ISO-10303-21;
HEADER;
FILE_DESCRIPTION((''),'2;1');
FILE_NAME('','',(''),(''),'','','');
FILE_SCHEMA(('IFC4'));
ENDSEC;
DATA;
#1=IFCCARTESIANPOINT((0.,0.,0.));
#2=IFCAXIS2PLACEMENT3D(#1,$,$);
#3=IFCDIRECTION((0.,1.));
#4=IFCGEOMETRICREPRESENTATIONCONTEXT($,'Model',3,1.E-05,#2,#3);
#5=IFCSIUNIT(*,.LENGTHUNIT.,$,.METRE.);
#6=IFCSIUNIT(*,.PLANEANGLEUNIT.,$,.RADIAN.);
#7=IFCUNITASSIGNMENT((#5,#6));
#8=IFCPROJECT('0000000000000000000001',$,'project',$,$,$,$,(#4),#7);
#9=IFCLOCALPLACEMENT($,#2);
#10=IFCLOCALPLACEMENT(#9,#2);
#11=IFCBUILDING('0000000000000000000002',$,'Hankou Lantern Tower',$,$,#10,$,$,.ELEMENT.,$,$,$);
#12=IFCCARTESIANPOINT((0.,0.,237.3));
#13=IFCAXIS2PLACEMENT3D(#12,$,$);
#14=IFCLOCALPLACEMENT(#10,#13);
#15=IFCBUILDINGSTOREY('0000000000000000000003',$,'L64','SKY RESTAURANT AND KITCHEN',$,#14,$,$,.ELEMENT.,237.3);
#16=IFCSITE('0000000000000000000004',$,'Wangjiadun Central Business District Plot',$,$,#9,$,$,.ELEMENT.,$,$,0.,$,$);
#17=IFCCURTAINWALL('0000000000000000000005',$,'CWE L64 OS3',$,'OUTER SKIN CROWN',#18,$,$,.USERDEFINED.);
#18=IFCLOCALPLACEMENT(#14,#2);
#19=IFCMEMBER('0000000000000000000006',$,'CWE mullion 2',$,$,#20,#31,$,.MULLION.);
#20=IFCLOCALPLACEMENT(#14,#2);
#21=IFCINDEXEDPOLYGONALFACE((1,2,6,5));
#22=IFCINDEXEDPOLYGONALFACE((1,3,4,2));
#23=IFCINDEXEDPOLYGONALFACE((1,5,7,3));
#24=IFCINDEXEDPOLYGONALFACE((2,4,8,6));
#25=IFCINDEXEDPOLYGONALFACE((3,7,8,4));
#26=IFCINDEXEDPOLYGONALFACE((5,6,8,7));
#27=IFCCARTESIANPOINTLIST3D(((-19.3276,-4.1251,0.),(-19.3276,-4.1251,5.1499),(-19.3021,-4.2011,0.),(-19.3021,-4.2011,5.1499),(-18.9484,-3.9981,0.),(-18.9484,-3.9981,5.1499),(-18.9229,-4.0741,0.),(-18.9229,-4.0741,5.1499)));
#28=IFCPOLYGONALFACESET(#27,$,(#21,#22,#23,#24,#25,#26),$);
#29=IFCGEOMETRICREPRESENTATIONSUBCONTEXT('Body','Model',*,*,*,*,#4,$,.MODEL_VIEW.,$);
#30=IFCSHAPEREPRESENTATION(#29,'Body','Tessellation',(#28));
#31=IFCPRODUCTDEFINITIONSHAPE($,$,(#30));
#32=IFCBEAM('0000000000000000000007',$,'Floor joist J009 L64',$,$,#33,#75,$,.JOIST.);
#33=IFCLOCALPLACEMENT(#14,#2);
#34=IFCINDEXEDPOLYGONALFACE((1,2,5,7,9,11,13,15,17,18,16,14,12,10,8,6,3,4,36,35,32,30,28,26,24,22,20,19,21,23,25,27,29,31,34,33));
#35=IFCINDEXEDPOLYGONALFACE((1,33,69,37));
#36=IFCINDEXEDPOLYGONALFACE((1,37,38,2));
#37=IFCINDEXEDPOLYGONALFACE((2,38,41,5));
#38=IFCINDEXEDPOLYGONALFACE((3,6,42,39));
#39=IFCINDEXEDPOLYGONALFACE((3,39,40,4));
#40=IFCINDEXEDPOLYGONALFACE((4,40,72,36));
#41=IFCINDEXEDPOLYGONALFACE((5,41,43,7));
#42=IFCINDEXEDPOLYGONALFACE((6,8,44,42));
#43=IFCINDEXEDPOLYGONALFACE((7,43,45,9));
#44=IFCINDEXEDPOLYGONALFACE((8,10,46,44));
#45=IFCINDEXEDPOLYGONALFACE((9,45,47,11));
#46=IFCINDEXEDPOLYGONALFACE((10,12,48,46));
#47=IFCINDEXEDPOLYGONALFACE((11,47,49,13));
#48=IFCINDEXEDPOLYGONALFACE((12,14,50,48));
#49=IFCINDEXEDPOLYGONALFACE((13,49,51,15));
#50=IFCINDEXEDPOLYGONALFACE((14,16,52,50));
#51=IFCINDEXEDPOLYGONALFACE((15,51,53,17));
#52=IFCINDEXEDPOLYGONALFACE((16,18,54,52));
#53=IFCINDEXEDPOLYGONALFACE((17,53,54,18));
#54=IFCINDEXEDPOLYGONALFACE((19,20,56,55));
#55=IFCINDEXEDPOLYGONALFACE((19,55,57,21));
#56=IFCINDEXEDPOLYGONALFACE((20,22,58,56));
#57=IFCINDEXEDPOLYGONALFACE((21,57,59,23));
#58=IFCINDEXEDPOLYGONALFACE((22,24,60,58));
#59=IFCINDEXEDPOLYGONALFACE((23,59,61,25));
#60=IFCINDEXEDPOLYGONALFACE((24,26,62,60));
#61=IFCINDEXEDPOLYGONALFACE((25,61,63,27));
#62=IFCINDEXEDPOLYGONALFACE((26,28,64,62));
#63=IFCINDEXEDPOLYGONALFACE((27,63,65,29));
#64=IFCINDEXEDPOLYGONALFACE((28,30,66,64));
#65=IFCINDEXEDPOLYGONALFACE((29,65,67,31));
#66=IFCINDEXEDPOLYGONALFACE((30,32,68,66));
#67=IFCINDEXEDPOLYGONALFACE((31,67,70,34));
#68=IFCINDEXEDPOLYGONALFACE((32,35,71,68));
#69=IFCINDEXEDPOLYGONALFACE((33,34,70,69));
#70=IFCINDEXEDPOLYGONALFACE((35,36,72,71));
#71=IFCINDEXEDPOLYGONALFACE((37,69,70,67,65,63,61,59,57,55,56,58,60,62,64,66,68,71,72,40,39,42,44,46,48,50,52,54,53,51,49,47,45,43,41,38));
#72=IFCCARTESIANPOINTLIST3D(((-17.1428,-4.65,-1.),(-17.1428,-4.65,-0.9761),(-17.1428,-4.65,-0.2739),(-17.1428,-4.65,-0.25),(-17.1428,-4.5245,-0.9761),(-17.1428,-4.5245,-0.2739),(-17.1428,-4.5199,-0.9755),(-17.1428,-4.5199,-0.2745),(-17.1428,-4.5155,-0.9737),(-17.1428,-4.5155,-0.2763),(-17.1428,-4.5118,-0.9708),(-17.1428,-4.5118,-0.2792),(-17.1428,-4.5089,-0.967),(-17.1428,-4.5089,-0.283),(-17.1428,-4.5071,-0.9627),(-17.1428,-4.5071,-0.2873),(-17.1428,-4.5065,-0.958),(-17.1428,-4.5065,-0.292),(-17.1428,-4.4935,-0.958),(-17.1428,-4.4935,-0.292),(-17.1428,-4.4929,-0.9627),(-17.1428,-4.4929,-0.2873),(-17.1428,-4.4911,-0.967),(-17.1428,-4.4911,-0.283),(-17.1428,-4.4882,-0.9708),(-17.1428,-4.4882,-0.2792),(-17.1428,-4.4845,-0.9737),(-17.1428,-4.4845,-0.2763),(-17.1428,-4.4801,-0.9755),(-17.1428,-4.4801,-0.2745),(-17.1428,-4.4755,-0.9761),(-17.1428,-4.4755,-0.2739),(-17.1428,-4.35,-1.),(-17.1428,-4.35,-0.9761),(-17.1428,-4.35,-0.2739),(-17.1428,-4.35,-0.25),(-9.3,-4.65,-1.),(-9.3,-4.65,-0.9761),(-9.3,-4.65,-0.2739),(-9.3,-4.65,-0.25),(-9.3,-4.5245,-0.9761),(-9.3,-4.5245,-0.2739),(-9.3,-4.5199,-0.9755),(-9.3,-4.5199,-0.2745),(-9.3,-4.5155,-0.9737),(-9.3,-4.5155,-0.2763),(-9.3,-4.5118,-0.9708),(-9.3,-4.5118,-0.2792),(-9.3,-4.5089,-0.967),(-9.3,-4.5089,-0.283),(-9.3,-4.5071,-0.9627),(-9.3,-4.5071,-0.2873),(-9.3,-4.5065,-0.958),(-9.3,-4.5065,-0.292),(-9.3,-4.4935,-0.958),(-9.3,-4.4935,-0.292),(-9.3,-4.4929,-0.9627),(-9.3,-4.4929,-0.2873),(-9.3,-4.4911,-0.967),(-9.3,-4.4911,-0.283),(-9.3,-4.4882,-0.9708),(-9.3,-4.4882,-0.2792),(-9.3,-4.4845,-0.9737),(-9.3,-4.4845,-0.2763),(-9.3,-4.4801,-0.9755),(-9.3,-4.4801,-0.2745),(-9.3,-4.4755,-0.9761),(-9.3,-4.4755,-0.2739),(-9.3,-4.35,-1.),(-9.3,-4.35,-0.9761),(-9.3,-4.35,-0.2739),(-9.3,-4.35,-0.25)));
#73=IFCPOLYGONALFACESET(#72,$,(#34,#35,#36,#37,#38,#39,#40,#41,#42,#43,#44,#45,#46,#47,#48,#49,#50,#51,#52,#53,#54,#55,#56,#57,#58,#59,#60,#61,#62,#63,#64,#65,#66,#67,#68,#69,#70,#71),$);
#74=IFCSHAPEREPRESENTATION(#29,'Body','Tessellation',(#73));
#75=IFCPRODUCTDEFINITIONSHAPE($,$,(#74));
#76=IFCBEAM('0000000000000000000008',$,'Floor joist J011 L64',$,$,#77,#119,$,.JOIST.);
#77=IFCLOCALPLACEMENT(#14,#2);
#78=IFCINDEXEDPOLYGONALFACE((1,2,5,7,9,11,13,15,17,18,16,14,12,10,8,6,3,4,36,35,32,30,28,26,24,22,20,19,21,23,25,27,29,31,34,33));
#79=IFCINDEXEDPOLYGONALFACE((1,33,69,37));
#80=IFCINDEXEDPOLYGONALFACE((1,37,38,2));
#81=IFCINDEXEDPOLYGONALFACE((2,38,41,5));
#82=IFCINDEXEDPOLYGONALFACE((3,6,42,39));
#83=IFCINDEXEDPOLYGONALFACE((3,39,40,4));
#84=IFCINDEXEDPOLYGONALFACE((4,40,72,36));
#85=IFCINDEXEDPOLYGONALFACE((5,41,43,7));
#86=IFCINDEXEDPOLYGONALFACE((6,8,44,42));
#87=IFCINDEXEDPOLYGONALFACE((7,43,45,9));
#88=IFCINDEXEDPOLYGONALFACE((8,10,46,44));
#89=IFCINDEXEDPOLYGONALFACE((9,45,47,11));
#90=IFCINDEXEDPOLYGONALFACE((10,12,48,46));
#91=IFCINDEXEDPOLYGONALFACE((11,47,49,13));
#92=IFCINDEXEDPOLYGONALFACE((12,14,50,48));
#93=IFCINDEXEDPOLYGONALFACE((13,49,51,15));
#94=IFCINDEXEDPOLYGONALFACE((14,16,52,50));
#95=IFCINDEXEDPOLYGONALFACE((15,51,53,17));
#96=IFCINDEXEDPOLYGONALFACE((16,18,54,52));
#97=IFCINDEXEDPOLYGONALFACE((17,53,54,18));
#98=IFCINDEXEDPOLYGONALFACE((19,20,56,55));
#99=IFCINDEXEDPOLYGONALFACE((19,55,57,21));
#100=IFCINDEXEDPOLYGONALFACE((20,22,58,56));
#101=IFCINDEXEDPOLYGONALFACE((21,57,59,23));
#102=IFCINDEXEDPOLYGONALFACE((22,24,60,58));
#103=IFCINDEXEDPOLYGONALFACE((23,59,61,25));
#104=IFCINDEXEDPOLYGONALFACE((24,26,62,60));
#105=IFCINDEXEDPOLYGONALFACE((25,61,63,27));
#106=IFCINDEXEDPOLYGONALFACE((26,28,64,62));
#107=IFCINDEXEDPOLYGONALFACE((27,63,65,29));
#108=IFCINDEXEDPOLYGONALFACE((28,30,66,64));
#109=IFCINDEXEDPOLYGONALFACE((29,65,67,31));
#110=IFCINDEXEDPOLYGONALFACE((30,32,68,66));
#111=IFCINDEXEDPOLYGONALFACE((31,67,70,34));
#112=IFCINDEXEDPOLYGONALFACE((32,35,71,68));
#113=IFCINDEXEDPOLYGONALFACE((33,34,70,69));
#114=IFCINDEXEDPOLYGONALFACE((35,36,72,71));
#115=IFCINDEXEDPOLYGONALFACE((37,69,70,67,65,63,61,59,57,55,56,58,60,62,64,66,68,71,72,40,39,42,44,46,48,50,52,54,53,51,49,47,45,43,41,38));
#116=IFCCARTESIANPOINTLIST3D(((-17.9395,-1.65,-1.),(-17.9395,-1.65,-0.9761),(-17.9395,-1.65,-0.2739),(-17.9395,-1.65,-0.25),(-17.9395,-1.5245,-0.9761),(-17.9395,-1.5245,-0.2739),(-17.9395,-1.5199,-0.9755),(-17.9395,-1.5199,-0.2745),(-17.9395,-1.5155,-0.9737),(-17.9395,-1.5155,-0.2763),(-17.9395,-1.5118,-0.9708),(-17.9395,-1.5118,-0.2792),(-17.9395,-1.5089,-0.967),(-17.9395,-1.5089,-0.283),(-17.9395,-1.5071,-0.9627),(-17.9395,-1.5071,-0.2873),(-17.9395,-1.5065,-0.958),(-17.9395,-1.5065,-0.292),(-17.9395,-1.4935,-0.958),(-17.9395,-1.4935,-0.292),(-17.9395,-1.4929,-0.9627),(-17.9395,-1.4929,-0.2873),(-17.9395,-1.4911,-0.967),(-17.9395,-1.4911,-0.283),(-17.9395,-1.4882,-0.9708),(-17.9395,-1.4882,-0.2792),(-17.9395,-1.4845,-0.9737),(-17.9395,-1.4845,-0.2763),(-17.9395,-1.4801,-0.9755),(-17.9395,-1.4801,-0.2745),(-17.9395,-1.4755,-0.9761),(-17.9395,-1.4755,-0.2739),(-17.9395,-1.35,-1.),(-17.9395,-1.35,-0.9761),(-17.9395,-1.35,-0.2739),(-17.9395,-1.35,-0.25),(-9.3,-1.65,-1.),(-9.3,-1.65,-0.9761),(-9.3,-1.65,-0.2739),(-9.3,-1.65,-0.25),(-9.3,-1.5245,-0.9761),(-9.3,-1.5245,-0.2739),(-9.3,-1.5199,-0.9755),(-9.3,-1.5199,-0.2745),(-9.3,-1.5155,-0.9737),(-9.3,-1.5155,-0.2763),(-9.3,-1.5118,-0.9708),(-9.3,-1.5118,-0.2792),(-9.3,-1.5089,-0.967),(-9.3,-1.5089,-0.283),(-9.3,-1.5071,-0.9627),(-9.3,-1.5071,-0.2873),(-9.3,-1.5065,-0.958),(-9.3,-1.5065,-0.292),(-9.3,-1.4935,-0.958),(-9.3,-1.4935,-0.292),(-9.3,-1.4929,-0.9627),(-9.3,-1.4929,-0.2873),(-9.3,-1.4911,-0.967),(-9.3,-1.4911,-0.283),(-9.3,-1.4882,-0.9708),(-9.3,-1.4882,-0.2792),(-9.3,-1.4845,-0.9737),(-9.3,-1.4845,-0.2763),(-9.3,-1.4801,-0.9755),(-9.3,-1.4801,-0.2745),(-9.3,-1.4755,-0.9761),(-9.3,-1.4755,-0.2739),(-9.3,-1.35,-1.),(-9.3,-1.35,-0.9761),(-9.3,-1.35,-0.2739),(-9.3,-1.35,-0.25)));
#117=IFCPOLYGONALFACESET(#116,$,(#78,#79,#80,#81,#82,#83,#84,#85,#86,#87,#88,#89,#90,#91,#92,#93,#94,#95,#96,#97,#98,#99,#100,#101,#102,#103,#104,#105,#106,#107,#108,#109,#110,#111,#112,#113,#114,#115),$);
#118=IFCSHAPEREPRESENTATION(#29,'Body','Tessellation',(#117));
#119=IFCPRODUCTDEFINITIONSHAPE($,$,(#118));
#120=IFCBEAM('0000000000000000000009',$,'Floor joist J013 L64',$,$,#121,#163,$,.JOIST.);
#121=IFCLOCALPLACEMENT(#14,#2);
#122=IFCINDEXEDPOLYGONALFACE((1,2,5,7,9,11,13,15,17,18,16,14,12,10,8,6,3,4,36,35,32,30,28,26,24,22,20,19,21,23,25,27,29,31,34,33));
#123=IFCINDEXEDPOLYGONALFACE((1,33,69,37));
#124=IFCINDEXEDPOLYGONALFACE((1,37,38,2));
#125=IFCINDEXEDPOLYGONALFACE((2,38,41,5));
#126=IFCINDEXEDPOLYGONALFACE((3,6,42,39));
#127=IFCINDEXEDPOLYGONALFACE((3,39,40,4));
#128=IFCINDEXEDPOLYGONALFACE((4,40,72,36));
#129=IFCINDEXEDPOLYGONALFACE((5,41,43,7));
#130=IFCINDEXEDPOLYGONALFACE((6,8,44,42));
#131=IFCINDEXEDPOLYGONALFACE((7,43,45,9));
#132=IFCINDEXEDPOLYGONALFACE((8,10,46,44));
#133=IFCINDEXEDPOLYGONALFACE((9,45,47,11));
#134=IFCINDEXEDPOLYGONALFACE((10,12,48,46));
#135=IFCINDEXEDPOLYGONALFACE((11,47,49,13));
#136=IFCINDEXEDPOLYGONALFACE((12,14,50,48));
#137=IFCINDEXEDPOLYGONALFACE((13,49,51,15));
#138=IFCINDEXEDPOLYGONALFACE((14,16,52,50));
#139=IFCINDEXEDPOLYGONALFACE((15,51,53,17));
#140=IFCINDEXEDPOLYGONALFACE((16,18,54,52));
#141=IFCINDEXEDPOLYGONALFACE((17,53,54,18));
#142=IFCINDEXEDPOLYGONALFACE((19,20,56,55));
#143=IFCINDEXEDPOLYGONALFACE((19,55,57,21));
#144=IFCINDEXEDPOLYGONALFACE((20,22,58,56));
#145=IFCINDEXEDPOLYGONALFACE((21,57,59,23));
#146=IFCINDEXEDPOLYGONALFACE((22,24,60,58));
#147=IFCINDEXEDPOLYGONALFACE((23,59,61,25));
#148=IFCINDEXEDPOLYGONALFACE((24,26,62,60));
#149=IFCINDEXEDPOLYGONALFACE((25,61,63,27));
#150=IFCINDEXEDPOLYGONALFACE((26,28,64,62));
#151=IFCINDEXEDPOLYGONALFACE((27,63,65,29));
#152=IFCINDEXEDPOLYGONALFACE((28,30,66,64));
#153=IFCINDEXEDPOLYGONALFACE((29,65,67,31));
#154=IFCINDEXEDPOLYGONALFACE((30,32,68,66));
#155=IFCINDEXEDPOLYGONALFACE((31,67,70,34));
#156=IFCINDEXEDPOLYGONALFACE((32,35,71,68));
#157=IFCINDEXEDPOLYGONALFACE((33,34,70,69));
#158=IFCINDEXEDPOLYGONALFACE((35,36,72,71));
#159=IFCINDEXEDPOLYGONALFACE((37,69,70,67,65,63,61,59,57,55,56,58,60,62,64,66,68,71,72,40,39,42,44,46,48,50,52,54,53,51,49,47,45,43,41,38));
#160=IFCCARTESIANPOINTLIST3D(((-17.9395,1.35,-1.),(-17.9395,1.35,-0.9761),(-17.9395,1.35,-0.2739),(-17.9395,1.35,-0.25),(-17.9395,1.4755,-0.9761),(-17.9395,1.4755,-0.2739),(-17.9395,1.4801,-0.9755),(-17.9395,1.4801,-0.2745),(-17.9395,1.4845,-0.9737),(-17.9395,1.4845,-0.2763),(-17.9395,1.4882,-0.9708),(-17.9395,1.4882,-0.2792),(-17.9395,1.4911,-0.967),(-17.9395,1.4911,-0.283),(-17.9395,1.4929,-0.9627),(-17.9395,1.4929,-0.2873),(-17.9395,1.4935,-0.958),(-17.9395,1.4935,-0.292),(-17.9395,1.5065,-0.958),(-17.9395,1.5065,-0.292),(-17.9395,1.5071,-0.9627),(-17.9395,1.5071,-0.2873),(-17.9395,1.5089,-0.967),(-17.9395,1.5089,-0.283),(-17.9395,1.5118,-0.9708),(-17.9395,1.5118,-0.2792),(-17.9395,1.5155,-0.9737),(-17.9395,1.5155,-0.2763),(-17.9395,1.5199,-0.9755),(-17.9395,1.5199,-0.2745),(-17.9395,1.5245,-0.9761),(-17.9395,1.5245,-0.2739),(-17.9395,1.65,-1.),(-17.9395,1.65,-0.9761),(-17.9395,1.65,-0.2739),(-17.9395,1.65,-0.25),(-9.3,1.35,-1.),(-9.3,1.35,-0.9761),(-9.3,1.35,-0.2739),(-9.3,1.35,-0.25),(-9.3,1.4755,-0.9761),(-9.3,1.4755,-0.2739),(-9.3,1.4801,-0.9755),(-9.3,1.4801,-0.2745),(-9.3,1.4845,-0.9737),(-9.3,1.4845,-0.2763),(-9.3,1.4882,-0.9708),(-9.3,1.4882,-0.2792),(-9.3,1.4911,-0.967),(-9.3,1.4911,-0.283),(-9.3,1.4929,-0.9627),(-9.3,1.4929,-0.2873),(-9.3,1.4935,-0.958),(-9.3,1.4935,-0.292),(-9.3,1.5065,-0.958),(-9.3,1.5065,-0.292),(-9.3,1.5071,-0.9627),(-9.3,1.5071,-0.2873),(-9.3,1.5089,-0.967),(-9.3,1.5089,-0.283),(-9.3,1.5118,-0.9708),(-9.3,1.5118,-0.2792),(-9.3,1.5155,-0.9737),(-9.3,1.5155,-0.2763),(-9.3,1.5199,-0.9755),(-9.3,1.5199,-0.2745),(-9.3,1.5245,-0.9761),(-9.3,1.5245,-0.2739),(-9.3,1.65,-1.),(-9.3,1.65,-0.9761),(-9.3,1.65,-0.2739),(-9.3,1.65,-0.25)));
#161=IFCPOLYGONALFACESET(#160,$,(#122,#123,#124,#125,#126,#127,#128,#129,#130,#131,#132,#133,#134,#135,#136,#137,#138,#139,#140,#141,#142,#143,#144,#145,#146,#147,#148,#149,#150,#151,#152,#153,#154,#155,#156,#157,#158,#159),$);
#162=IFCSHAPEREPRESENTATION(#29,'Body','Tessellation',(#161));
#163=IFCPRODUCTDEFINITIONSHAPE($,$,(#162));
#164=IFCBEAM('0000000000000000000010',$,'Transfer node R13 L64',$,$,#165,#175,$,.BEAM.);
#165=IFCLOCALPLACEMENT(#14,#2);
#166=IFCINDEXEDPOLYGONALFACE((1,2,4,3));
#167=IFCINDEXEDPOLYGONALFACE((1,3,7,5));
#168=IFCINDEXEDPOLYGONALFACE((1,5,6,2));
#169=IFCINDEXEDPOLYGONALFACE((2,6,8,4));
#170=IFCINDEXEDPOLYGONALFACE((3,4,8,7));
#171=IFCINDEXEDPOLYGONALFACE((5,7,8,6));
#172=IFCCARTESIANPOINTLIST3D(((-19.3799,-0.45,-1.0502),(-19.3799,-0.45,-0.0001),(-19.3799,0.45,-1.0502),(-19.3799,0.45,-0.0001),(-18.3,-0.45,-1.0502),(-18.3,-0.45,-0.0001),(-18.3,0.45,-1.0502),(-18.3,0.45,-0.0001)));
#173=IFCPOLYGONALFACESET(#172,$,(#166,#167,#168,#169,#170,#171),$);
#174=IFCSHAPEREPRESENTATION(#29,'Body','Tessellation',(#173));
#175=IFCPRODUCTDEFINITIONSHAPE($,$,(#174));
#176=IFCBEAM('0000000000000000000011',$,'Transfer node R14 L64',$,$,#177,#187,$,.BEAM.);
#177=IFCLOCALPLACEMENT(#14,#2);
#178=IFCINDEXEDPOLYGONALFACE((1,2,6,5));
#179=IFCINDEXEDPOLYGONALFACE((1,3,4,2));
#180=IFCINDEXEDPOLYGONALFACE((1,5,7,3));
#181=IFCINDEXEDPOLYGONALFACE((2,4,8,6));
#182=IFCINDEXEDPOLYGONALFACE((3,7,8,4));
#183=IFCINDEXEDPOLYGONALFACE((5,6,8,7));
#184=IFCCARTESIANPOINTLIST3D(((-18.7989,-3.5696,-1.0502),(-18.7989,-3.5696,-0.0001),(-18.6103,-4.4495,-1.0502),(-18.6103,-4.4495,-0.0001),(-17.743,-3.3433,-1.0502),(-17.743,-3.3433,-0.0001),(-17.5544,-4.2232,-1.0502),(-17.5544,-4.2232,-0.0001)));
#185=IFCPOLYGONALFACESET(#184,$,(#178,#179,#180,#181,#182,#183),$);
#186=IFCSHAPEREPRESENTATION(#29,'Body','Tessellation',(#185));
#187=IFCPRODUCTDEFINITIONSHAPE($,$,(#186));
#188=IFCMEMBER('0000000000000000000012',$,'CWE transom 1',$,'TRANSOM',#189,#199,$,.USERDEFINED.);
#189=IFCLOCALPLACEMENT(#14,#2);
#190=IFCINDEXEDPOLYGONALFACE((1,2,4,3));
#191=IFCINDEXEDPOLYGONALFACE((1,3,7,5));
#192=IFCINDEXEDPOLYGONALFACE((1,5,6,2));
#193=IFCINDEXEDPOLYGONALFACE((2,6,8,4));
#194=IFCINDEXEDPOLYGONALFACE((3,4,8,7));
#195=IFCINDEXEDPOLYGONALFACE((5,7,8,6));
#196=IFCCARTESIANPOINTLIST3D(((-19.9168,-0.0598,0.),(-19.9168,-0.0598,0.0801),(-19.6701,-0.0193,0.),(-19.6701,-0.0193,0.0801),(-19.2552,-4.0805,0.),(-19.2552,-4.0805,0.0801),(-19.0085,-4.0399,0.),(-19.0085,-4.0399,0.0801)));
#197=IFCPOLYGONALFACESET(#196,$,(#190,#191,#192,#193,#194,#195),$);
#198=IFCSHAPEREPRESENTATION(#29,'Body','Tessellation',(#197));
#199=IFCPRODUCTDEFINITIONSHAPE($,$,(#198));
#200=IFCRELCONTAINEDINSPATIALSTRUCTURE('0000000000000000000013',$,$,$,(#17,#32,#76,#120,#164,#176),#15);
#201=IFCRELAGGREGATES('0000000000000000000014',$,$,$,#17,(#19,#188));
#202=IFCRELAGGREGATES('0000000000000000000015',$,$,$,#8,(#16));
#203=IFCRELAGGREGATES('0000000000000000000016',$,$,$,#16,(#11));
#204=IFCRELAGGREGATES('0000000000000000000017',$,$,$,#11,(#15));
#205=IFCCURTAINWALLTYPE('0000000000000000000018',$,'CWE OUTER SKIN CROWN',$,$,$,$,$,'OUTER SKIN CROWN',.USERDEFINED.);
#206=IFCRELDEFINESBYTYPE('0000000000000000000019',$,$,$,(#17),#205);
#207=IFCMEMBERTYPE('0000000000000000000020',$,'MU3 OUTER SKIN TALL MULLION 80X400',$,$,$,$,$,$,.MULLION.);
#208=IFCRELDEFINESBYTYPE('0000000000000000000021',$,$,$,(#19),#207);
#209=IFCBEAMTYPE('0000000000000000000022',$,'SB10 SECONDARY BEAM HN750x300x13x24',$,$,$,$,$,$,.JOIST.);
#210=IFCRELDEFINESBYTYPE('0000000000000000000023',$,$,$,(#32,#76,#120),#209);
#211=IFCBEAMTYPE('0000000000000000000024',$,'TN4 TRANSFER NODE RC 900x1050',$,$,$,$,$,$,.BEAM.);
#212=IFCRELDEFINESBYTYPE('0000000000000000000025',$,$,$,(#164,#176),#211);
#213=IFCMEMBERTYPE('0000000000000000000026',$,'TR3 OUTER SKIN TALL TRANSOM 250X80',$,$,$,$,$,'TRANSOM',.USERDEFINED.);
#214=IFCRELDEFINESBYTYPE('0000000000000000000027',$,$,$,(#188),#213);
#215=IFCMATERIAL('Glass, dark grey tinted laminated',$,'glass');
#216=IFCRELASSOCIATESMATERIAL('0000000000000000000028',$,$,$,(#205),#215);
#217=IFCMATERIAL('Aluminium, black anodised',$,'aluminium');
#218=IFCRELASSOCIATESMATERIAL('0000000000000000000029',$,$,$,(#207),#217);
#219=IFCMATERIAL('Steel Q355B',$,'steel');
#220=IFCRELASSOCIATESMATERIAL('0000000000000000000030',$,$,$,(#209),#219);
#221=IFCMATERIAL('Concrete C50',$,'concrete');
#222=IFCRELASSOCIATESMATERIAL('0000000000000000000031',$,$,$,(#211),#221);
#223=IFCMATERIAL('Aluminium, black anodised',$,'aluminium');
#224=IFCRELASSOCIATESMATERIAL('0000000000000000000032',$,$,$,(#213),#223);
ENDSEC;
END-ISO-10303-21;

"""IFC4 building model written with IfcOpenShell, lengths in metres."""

from ifc_helpers import new_model, si_unit, direction, frame, origin, origin_2d, place, context, subcontext, project, spatial, rectangle, i_section, extrude, material, material_profile, profile_set, type_object, element, aggregate, save


model = new_model("IFC4")

# Units and contexts
model_context = context("Model", 3, precision=1e-05, world=origin(), true_north=direction((0.0, 1.0)))
body_context = subcontext(model_context, "Body", "Model", "MODEL_VIEW")
ifc_project = project(units=[si_unit("LENGTHUNIT", "METRE"), si_unit("PLANEANGLEUNIT", "RADIAN")], contexts=[model_context])

# Site, building, storey
site_placement = place(None, origin())
site = spatial("IfcSite", under=ifc_project, at=site_placement, Name="Wangjiadun Central Business District Plot", CompositionType="ELEMENT", RefElevation=0.0)
building_placement = place(site_placement, origin())
building = spatial("IfcBuilding", under=site, at=building_placement, Name="Hankou Lantern Tower", CompositionType="ELEMENT")
storey_placement = place(building_placement, frame((0.0, 0.0, 237.3)))
storey = spatial("IfcBuildingStorey", under=building, at=storey_placement, Name="L64", Description="SKY RESTAURANT AND KITCHEN", CompositionType="ELEMENT", Elevation=237.3)

# Curtain wall, member
ifc_material_1 = material(Name="Glass, dark grey tinted laminated", Category="glass")
curtain_wall_type = type_object("IfcCurtainWallType", Name="CWE OUTER SKIN CROWN", ElementType="OUTER SKIN CROWN", PredefinedType="USERDEFINED", material=ifc_material_1)
curtain_wall_1_placement = place(storey_placement, origin())
curtain_wall_1 = element("IfcCurtainWall", 1, at=curtain_wall_1_placement, inside=storey, type_object=curtain_wall_type, Name="CWE L64 OS3", ObjectType="OUTER SKIN CROWN", PredefinedType="USERDEFINED")
ifc_material_2 = material(Name="Aluminium, black anodised", Category="aluminium")
ifc_material_profile_1 = material_profile(ifc_material_2, rectangle(XDim=0.0801, YDim=0.3999, at=origin_2d()), Name="MU3 80X400")
ifc_profile_set_1 = profile_set([ifc_material_profile_1], Name="Aluminium, black anodised")
member_type_1 = type_object("IfcMemberType", Name="MU3 OUTER SKIN TALL MULLION 80X400", PredefinedType="MULLION", material=ifc_profile_set_1)
member_1_placement = place(storey_placement, frame((-19.1252, -4.0996, 0.0), z_axis=(0.0, 0.0, 1.0), x_axis=(0.317596, -0.948226, 0.0)))
member_1 = element("IfcMember", 2, at=member_1_placement, type_object=member_type_1, Name="CWE mullion 2", PredefinedType="MULLION", context=body_context, shape_type="SweptSolid", body=[
    extrude(rectangle(XDim=0.0801, YDim=0.3999, at=origin_2d()), origin(), (0.0, 0.0, 1.0), 5.1499),
])

# Beams
ifc_material_3 = material(Name="Steel Q355B", Category="steel")
ifc_material_profile_2 = material_profile(ifc_material_3, i_section(OverallWidth=0.3, OverallDepth=0.75, WebThickness=0.0129, FlangeThickness=0.0239, FilletRadius=0.0181, at=origin_2d()), Name="HN750x300x13x24")
ifc_profile_set_2 = profile_set([ifc_material_profile_2], Name="Steel Q355B")
beam_type_1 = type_object("IfcBeamType", Name="SB10 SECONDARY BEAM HN750x300x13x24", PredefinedType="JOIST", material=ifc_profile_set_2)
beam_1_placement = place(storey_placement, frame((-17.1428, -4.5, -0.625), z_axis=(1.0, 0.0, 0.0), x_axis=(0.0, 1.0, 0.0)))
element("IfcBeam", 3, at=beam_1_placement, inside=storey, type_object=beam_type_1, Name="Floor joist J009 L64", PredefinedType="JOIST", context=body_context, shape_type="SweptSolid", body=[
    extrude(i_section(OverallWidth=0.3, OverallDepth=0.75, WebThickness=0.0129, FlangeThickness=0.0239, FilletRadius=0.0181, at=origin_2d()), origin(), (0.0, 0.0, 1.0), 7.8428),
])
for number, where, z_axis, x_axis, name in (
    (4, (-17.9395, -1.5, -0.625), (1.0, 0.0, 0.0), (0.0, 1.0, 0.0), "Floor joist J011 L64"),
    (5, (-17.9395, 1.5, -0.625), (1.0, 0.0, 0.0), (0.0, 1.0, 0.0), "Floor joist J013 L64"),
):
    element("IfcBeam", number, at=place(storey_placement, frame(where, z_axis=z_axis, x_axis=x_axis)), inside=storey, type_object=beam_type_1, Name=name, PredefinedType="JOIST", context=body_context, shape_type="SweptSolid", body=[
        extrude(i_section(OverallWidth=0.3, OverallDepth=0.75, WebThickness=0.0129, FlangeThickness=0.0239, FilletRadius=0.0181, at=origin_2d()), origin(), (0.0, 0.0, 1.0), 8.6394),
    ])
ifc_material_4 = material(Name="Concrete C50", Category="concrete")
ifc_material_profile_3 = material_profile(ifc_material_4, rectangle(XDim=0.8999, YDim=1.05, at=origin_2d()), Name="RC 900x1050")
ifc_profile_set_3 = profile_set([ifc_material_profile_3], Name="Concrete C50")
beam_type_2 = type_object("IfcBeamType", Name="TN4 TRANSFER NODE RC 900x1050", PredefinedType="BEAM", material=ifc_profile_set_3)
for number, where, z_axis, x_axis, name in (
    (6, (-19.3799, 0.0, -0.5251), (1.0, 0.0, 0.0), (0.0, 1.0, 0.0), "Transfer node R13 L64"),
    (7, (-18.7046, -4.0095, -0.5251), (0.977792, 0.209575, 0.0), (-0.209575, 0.977792, 0.0), "Transfer node R14 L64"),
):
    element("IfcBeam", number, at=place(storey_placement, frame(where, z_axis=z_axis, x_axis=x_axis)), inside=storey, type_object=beam_type_2, Name=name, PredefinedType="BEAM", context=body_context, shape_type="SweptSolid", body=[
        extrude(rectangle(XDim=0.8999, YDim=1.05, at=origin_2d()), origin(), (0.0, 0.0, 1.0), 1.0798),
    ])

# Member
ifc_material_5 = material(Name="Aluminium, black anodised", Category="aluminium")
ifc_material_profile_4 = material_profile(ifc_material_5, rectangle(XDim=0.25, YDim=0.0801, at=origin_2d()), Name="TR3 250X80")
ifc_profile_set_4 = profile_set([ifc_material_profile_4], Name="Aluminium, black anodised")
member_type_2 = type_object("IfcMemberType", Name="TR3 OUTER SKIN TALL TRANSOM 250X80", ElementType="TRANSOM", PredefinedType="USERDEFINED", material=ifc_profile_set_4)
member_2_placement = place(storey_placement, frame((-19.7935, -0.0396, 0.04), z_axis=(0.162368, -0.98673, 0.0), x_axis=(0.98673, 0.162368, 0.0)))
member_2 = element("IfcMember", 8, at=member_2_placement, type_object=member_type_2, Name="CWE transom 1", ObjectType="TRANSOM", PredefinedType="USERDEFINED", context=body_context, shape_type="SweptSolid", body=[
    extrude(rectangle(XDim=0.25, YDim=0.0801, at=origin_2d()), origin(), (0.0, 0.0, 1.0), 4.0747),
])

aggregate(curtain_wall_1, [member_1, member_2])

save(model, "model.ifc")
